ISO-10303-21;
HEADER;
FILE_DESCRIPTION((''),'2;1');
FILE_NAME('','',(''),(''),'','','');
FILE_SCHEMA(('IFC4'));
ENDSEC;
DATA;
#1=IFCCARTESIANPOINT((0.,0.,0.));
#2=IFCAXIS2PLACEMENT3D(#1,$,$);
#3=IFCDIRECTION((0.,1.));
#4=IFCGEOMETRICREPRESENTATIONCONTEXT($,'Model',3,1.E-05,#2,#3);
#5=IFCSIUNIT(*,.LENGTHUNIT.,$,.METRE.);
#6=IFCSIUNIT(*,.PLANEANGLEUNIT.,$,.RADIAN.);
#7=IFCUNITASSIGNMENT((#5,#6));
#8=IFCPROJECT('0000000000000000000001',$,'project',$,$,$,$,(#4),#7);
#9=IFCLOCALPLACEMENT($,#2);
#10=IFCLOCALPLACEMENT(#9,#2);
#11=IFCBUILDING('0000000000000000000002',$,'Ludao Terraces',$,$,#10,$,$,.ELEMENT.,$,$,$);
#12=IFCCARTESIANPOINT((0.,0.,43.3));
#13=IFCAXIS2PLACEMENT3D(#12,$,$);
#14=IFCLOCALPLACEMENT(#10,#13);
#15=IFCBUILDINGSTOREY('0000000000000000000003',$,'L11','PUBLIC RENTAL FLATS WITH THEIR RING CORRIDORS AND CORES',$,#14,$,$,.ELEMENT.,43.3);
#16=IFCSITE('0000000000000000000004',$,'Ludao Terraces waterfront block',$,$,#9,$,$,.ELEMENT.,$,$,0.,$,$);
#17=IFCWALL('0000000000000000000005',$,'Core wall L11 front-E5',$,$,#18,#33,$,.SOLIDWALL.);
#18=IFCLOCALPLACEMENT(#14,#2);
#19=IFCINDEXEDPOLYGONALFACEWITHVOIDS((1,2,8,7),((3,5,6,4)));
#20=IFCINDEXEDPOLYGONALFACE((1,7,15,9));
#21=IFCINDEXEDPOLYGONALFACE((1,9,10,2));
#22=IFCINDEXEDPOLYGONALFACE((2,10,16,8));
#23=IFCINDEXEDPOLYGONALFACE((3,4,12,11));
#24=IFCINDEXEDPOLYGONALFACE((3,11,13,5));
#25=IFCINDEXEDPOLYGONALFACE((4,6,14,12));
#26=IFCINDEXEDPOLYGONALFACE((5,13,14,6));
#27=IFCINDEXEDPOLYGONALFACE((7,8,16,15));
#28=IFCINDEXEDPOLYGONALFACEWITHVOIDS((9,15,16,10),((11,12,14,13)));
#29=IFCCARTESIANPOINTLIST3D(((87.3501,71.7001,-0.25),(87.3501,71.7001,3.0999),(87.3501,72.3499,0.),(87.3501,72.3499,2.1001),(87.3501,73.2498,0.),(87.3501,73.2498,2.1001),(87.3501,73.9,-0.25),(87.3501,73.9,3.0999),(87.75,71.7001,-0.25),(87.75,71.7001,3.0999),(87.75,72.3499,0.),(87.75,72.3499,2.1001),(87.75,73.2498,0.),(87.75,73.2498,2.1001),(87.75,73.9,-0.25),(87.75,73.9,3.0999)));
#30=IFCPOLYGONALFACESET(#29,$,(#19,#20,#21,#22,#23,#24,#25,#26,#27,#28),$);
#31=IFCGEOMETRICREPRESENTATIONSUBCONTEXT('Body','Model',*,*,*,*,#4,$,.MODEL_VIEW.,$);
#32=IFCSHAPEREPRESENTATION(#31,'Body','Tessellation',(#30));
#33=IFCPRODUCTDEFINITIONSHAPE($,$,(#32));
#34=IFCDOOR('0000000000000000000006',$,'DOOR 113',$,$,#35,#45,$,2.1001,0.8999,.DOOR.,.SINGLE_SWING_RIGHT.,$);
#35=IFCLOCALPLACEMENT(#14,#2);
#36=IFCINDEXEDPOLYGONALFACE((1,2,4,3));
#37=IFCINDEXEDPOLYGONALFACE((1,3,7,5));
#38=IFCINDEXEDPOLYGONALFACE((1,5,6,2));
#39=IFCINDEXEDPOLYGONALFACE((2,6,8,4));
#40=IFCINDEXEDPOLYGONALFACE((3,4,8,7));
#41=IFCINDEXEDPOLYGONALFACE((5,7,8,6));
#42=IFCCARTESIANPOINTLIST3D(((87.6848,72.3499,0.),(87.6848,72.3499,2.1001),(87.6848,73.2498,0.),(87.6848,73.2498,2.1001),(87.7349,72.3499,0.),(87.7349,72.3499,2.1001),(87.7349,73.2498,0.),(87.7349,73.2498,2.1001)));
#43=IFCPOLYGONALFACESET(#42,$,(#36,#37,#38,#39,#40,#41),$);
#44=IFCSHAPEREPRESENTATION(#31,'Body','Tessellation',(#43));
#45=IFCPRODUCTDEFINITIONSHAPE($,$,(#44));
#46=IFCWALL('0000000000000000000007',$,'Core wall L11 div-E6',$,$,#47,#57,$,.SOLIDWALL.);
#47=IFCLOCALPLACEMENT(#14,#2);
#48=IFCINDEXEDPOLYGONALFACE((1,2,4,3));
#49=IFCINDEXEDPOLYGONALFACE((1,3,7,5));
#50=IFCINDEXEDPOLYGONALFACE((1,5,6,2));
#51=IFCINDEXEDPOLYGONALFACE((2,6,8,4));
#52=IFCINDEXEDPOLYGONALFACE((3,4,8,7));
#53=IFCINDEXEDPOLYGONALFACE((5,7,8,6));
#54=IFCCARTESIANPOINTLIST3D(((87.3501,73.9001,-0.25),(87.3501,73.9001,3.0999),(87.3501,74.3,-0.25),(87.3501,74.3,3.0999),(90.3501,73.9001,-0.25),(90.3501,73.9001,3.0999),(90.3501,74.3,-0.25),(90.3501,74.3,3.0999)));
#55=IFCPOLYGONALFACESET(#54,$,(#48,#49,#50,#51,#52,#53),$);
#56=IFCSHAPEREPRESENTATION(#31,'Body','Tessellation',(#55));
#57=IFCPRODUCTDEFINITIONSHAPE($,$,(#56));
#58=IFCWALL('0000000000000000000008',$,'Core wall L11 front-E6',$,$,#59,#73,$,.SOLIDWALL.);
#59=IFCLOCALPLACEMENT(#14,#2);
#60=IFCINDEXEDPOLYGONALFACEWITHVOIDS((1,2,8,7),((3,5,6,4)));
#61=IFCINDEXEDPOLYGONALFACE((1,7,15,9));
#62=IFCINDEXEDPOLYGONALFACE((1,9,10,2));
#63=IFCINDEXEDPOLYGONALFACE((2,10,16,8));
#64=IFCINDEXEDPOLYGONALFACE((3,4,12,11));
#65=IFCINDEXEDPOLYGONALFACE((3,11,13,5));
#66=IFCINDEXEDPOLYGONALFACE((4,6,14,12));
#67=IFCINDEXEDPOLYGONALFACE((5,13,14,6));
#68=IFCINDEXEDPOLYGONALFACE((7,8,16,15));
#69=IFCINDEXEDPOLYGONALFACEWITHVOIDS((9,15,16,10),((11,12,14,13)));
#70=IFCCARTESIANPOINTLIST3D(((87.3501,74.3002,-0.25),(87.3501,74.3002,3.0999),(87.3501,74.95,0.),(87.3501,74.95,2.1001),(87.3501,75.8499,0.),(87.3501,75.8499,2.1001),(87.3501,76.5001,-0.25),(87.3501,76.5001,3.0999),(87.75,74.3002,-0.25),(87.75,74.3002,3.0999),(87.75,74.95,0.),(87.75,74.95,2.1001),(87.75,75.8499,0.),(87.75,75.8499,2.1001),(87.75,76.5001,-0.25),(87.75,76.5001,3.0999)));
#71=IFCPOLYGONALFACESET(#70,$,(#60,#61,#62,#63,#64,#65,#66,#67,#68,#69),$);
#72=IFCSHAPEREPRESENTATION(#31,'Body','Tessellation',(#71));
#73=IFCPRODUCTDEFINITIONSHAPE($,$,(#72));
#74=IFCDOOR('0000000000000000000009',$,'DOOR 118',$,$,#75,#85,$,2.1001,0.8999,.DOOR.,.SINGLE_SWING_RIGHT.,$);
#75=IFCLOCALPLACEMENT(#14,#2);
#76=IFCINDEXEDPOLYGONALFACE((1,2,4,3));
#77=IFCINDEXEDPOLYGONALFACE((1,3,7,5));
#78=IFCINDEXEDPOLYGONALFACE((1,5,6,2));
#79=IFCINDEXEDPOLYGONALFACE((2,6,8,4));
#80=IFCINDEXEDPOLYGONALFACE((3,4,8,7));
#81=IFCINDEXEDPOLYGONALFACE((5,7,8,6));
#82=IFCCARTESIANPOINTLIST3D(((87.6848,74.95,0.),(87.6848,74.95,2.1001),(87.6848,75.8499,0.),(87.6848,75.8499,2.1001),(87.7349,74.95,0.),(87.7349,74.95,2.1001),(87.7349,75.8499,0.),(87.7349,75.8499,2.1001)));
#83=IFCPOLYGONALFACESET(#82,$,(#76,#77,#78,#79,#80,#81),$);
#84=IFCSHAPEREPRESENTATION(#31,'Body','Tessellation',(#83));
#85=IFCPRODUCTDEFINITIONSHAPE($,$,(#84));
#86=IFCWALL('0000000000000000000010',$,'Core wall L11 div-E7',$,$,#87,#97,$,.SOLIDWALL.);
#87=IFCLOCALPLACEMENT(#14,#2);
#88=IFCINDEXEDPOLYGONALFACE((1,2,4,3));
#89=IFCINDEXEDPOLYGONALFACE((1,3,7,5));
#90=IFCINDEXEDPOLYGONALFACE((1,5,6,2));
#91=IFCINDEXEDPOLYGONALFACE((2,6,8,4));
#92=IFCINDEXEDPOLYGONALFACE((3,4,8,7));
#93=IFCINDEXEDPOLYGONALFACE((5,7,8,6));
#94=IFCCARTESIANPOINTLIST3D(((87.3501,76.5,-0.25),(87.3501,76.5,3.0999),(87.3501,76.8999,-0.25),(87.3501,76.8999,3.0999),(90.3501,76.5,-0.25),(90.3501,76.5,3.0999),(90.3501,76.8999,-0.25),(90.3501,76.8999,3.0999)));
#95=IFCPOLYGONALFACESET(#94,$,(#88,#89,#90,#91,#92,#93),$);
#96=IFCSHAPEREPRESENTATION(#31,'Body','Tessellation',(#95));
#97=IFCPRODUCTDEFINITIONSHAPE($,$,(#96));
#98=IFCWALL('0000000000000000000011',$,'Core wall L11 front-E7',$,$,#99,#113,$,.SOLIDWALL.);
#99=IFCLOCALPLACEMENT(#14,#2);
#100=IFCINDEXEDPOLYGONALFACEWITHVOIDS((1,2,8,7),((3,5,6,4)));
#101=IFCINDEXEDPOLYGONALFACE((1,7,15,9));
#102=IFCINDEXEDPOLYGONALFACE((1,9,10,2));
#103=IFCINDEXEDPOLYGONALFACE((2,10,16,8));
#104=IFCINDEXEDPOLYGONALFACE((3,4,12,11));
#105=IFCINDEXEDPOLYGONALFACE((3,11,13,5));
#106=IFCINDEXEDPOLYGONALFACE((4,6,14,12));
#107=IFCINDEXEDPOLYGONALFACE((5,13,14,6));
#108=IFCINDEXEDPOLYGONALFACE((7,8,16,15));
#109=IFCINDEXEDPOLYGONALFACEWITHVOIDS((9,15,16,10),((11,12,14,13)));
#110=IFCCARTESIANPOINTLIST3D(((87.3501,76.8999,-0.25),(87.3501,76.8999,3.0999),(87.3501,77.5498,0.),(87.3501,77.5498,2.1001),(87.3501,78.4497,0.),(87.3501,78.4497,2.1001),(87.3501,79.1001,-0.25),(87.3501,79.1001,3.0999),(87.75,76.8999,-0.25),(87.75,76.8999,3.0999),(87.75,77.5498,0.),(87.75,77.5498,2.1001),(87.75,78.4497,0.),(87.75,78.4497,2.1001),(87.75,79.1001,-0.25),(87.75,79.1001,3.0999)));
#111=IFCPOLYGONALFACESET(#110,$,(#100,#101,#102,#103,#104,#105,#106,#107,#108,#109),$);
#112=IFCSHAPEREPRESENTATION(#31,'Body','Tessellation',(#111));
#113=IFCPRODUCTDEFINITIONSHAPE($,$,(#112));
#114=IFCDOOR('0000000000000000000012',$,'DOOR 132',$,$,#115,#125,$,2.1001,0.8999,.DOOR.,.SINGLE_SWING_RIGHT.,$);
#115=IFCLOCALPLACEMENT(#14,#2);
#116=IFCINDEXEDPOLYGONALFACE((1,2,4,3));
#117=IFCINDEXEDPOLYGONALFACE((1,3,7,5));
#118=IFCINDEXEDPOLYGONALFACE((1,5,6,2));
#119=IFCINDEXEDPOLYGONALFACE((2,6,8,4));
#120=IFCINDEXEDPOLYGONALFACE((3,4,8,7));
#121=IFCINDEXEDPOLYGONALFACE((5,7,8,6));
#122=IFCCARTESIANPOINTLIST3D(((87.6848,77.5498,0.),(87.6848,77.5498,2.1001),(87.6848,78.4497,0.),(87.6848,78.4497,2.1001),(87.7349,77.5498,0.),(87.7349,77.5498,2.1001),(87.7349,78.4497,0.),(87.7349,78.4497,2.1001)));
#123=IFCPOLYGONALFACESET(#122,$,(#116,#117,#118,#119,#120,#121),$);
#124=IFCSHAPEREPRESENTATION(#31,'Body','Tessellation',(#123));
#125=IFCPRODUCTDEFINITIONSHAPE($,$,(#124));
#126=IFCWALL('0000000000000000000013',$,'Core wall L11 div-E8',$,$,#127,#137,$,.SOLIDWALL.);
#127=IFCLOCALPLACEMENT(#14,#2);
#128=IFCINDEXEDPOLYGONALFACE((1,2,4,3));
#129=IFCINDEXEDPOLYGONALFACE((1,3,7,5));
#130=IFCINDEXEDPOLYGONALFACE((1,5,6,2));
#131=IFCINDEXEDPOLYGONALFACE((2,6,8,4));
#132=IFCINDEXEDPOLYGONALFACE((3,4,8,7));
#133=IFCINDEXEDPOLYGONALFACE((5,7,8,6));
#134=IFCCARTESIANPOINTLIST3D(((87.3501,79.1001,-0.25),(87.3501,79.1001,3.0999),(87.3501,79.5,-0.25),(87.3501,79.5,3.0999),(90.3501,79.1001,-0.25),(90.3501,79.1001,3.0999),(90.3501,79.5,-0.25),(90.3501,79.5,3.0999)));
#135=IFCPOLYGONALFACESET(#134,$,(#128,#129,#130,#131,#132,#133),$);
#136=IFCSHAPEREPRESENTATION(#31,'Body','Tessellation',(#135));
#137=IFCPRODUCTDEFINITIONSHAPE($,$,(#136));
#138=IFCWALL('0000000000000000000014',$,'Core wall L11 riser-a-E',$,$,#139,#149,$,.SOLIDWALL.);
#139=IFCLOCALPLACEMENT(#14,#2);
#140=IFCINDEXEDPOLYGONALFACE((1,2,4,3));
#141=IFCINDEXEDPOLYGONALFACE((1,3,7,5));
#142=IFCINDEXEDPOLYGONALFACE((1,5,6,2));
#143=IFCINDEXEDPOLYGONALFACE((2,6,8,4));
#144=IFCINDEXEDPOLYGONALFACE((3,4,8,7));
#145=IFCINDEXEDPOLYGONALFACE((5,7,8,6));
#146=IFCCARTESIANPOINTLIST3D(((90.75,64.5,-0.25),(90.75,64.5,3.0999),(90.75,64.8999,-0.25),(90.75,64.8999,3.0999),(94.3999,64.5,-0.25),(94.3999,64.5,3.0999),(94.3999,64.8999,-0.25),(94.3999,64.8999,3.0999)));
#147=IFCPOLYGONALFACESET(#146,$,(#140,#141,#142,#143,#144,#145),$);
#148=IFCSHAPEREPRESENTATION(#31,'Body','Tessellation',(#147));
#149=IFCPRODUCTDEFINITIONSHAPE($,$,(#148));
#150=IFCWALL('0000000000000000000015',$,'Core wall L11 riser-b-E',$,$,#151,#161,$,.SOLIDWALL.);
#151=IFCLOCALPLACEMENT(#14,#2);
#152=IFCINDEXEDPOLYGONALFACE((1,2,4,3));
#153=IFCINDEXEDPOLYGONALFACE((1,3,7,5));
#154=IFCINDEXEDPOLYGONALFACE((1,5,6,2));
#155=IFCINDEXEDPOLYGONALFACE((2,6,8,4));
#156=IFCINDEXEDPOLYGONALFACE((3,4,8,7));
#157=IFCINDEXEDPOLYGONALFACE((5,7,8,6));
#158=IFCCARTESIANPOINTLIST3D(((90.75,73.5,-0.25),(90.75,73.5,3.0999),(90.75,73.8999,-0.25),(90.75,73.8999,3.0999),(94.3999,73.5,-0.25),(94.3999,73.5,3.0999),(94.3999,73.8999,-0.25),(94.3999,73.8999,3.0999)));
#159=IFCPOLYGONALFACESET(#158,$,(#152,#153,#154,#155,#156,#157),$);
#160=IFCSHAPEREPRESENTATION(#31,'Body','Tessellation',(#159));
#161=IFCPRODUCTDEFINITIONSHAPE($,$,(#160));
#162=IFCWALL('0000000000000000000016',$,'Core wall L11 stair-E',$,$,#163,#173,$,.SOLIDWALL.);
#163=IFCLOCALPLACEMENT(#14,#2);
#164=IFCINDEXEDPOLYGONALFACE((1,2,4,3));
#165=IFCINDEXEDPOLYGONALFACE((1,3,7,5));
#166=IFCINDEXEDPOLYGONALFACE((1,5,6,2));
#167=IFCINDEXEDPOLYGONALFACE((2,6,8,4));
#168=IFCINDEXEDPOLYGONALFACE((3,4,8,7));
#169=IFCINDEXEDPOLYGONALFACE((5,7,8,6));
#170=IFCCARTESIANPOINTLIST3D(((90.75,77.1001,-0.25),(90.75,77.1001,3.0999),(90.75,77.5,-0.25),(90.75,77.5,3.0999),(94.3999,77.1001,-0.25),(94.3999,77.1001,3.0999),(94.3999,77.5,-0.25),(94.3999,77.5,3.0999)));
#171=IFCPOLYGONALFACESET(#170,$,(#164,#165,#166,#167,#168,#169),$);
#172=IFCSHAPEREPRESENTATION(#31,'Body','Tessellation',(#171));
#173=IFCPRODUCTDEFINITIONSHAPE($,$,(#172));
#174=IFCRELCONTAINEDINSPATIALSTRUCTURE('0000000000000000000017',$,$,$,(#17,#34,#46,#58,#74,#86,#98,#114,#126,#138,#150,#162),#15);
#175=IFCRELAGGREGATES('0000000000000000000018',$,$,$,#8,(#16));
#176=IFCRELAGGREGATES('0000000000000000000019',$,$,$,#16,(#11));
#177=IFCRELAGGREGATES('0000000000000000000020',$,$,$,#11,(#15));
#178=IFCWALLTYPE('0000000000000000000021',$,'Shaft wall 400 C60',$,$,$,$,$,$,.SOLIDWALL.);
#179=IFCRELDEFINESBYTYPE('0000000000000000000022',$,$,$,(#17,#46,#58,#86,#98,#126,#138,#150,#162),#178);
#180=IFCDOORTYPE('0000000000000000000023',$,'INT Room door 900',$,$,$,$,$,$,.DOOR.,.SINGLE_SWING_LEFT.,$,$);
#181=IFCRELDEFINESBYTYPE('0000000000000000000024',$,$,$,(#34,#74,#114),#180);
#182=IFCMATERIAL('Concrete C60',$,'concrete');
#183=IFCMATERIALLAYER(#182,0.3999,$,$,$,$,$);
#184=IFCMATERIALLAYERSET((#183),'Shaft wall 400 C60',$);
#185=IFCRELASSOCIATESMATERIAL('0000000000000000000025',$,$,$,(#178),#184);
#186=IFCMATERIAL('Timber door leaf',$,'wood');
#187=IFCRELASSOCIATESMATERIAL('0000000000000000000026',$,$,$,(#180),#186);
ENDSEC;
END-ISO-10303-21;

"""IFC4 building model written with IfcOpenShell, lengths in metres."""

from ifc_helpers import new_model, si_unit, direction, frame, frame_2d, origin, place, context, subcontext, project, spatial, rectangle, extrude, material, layer, layer_set, type_object, element, fill, save


model = new_model("IFC4")

# Units and contexts
model_context = context("Model", 3, precision=1e-05, world=origin(), true_north=direction((0.0, 1.0)))
body_context = subcontext(model_context, "Body", "Model", "MODEL_VIEW")
ifc_project = project(units=[si_unit("LENGTHUNIT", "METRE"), si_unit("PLANEANGLEUNIT", "RADIAN")], contexts=[model_context])

# Site, building, storey
site_placement = place(None, origin())
site = spatial("IfcSite", under=ifc_project, at=site_placement, Name="Ludao Terraces waterfront block", CompositionType="ELEMENT", RefElevation=0.0)
building_placement = place(site_placement, origin())
building = spatial("IfcBuilding", under=site, at=building_placement, Name="Ludao Terraces", CompositionType="ELEMENT")
storey_placement = place(building_placement, frame((0.0, 0.0, 43.3)))
storey = spatial("IfcBuildingStorey", under=building, at=storey_placement, Name="L11", Description="PUBLIC RENTAL FLATS WITH THEIR RING CORRIDORS AND CORES", CompositionType="ELEMENT", Elevation=43.3)

# Shared definitions
ifc_material_1 = material(Name="Concrete C60", Category="concrete")
ifc_layer_1 = layer(ifc_material_1, 0.3999)
ifc_layer_set_1 = layer_set([ifc_layer_1], Name="Shaft wall 400 C60")
wall_type_1 = type_object("IfcWallType", Name="Shaft wall 400 C60", PredefinedType="SOLIDWALL", material=ifc_layer_set_1)

# Wall, opening, door
wall_1_placement = place(storey_placement, frame((87.55, 71.7, -0.25), z_axis=(0.0, 0.0, 1.0), x_axis=(0.0, 1.0, 0.0)))
wall_1 = element("IfcWall", 1, at=wall_1_placement, inside=storey, type_object=wall_type_1, Name="Core wall L11 front-E5", PredefinedType="SOLIDWALL", context=body_context, shape_type="SweptSolid", body=[
    extrude(rectangle(XDim=2.2, YDim=0.3999, at=frame_2d((1.1001, 0.0))), origin(), (0.0, 0.0, 1.0), 3.3499),
])
opening_1_placement = place(wall_1_placement, frame((0.6499, 0.0, 0.25)))
opening_1 = element("IfcOpeningElement", 2, at=opening_1_placement, cuts=wall_1, PredefinedType="OPENING", context=body_context, shape_type="SweptSolid", body=[
    extrude(rectangle(XDim=0.8999, YDim=2.1001, at=frame_2d((0.45, 1.05))), frame((0.0, 0.21, 0.0), z_axis=(0.0, -1.0, 0.0), x_axis=(1.0, 0.0, 0.0)), (0.0, 0.0, 1.0), 0.4199),
])
ifc_material_2 = material(Name="Timber door leaf", Category="wood")
door_type_1 = type_object("IfcDoorType", Name="INT Room door 900", OperationType="SINGLE_SWING_LEFT", PredefinedType="DOOR", material=ifc_material_2)
door_1_placement = place(opening_1_placement, origin())
door_1 = element("IfcDoor", 3, at=door_1_placement, inside=storey, type_object=door_type_1, Name="DOOR 113", OperationType="SINGLE_SWING_RIGHT", OverallHeight=2.1001, OverallWidth=0.8999, PredefinedType="DOOR", context=body_context, shape_type="SweptSolid", body=[
    extrude(rectangle(XDim=0.8999, YDim=2.1001, at=frame_2d((0.45, 1.05))), frame((0.0, -0.1348, 0.0), z_axis=(0.0, -1.0, 0.0), x_axis=(1.0, 0.0, 0.0)), (0.0, 0.0, 1.0), 0.05),
])
fill(opening_1, door_1)

# Wall
wall_2_placement = place(storey_placement, frame((87.3501, 74.1001, -0.25), z_axis=(0.0, 0.0, 1.0), x_axis=(1.0, 0.0, 0.0)))
element("IfcWall", 4, at=wall_2_placement, inside=storey, type_object=wall_type_1, Name="Core wall L11 div-E6", PredefinedType="SOLIDWALL", context=body_context, shape_type="SweptSolid", body=[
    extrude(rectangle(XDim=3.0, YDim=0.3999, at=frame_2d((1.5, 0.0))), origin(), (0.0, 0.0, 1.0), 3.3499),
])

# Wall, opening, door
wall_3_placement = place(storey_placement, frame((87.55, 74.3, -0.25), z_axis=(0.0, 0.0, 1.0), x_axis=(0.0, 1.0, 0.0)))
wall_3 = element("IfcWall", 5, at=wall_3_placement, inside=storey, type_object=wall_type_1, Name="Core wall L11 front-E6", PredefinedType="SOLIDWALL", context=body_context, shape_type="SweptSolid", body=[
    extrude(rectangle(XDim=2.2, YDim=0.3999, at=frame_2d((1.1001, 0.0))), origin(), (0.0, 0.0, 1.0), 3.3499),
])
opening_2_placement = place(wall_3_placement, frame((0.6499, 0.0, 0.25)))
opening_2 = element("IfcOpeningElement", 6, at=opening_2_placement, cuts=wall_3, PredefinedType="OPENING", context=body_context, shape_type="SweptSolid", body=[
    extrude(rectangle(XDim=0.8999, YDim=2.1001, at=frame_2d((0.45, 1.05))), frame((0.0, 0.21, 0.0), z_axis=(0.0, -1.0, 0.0), x_axis=(1.0, 0.0, 0.0)), (0.0, 0.0, 1.0), 0.4199),
])
door_2_placement = place(opening_2_placement, origin())
door_2 = element("IfcDoor", 7, at=door_2_placement, inside=storey, type_object=door_type_1, Name="DOOR 118", OperationType="SINGLE_SWING_RIGHT", OverallHeight=2.1001, OverallWidth=0.8999, PredefinedType="DOOR", context=body_context, shape_type="SweptSolid", body=[
    extrude(rectangle(XDim=0.8999, YDim=2.1001, at=frame_2d((0.45, 1.05))), frame((0.0, -0.1348, 0.0), z_axis=(0.0, -1.0, 0.0), x_axis=(1.0, 0.0, 0.0)), (0.0, 0.0, 1.0), 0.05),
])
fill(opening_2, door_2)

# Wall
wall_4_placement = place(storey_placement, frame((87.3501, 76.7, -0.25), z_axis=(0.0, 0.0, 1.0), x_axis=(1.0, 0.0, 0.0)))
element("IfcWall", 8, at=wall_4_placement, inside=storey, type_object=wall_type_1, Name="Core wall L11 div-E7", PredefinedType="SOLIDWALL", context=body_context, shape_type="SweptSolid", body=[
    extrude(rectangle(XDim=3.0, YDim=0.3999, at=frame_2d((1.5, 0.0))), origin(), (0.0, 0.0, 1.0), 3.3499),
])

# Wall, opening, door
wall_5_placement = place(storey_placement, frame((87.55, 76.8999, -0.25), z_axis=(0.0, 0.0, 1.0), x_axis=(0.0, 1.0, 0.0)))
wall_5 = element("IfcWall", 9, at=wall_5_placement, inside=storey, type_object=wall_type_1, Name="Core wall L11 front-E7", PredefinedType="SOLIDWALL", context=body_context, shape_type="SweptSolid", body=[
    extrude(rectangle(XDim=2.2002, YDim=0.3999, at=frame_2d((1.1001, 0.0))), origin(), (0.0, 0.0, 1.0), 3.3499),
])
opening_3_placement = place(wall_5_placement, frame((0.6499, 0.0, 0.25)))
opening_3 = element("IfcOpeningElement", 10, at=opening_3_placement, cuts=wall_5, PredefinedType="OPENING", context=body_context, shape_type="SweptSolid", body=[
    extrude(rectangle(XDim=0.8999, YDim=2.1001, at=frame_2d((0.45, 1.05))), frame((0.0, 0.21, 0.0), z_axis=(0.0, -1.0, 0.0), x_axis=(1.0, 0.0, 0.0)), (0.0, 0.0, 1.0), 0.4199),
])
door_3_placement = place(opening_3_placement, origin())
door_3 = element("IfcDoor", 11, at=door_3_placement, inside=storey, type_object=door_type_1, Name="DOOR 132", OperationType="SINGLE_SWING_RIGHT", OverallHeight=2.1001, OverallWidth=0.8999, PredefinedType="DOOR", context=body_context, shape_type="SweptSolid", body=[
    extrude(rectangle(XDim=0.8999, YDim=2.1001, at=frame_2d((0.45, 1.05))), frame((0.0, -0.1348, 0.0), z_axis=(0.0, -1.0, 0.0), x_axis=(1.0, 0.0, 0.0)), (0.0, 0.0, 1.0), 0.05),
])
fill(opening_3, door_3)

# Walls
wall_6_placement = place(storey_placement, frame((87.3501, 79.3, -0.25), z_axis=(0.0, 0.0, 1.0), x_axis=(1.0, 0.0, 0.0)))
element("IfcWall", 12, at=wall_6_placement, inside=storey, type_object=wall_type_1, Name="Core wall L11 div-E8", PredefinedType="SOLIDWALL", context=body_context, shape_type="SweptSolid", body=[
    extrude(rectangle(XDim=3.0, YDim=0.3999, at=frame_2d((1.5, 0.0))), origin(), (0.0, 0.0, 1.0), 3.3499),
])
for number, where, z_axis, x_axis, name in (
    (13, (90.75, 64.7, -0.25), (0.0, 0.0, 1.0), (1.0, 0.0, 0.0), "Core wall L11 riser-a-E"),
    (14, (90.75, 73.7, -0.25), (0.0, 0.0, 1.0), (1.0, 0.0, 0.0), "Core wall L11 riser-b-E"),
    (15, (90.75, 77.3, -0.25), (0.0, 0.0, 1.0), (1.0, 0.0, 0.0), "Core wall L11 stair-E"),
):
    element("IfcWall", number, at=place(storey_placement, frame(where, z_axis=z_axis, x_axis=x_axis)), inside=storey, type_object=wall_type_1, Name=name, PredefinedType="SOLIDWALL", context=body_context, shape_type="SweptSolid", body=[
        extrude(rectangle(XDim=3.6499, YDim=0.3999, at=frame_2d((1.825, 0.0))), origin(), (0.0, 0.0, 1.0), 3.3499),
    ])

save(model, "model.ifc")
